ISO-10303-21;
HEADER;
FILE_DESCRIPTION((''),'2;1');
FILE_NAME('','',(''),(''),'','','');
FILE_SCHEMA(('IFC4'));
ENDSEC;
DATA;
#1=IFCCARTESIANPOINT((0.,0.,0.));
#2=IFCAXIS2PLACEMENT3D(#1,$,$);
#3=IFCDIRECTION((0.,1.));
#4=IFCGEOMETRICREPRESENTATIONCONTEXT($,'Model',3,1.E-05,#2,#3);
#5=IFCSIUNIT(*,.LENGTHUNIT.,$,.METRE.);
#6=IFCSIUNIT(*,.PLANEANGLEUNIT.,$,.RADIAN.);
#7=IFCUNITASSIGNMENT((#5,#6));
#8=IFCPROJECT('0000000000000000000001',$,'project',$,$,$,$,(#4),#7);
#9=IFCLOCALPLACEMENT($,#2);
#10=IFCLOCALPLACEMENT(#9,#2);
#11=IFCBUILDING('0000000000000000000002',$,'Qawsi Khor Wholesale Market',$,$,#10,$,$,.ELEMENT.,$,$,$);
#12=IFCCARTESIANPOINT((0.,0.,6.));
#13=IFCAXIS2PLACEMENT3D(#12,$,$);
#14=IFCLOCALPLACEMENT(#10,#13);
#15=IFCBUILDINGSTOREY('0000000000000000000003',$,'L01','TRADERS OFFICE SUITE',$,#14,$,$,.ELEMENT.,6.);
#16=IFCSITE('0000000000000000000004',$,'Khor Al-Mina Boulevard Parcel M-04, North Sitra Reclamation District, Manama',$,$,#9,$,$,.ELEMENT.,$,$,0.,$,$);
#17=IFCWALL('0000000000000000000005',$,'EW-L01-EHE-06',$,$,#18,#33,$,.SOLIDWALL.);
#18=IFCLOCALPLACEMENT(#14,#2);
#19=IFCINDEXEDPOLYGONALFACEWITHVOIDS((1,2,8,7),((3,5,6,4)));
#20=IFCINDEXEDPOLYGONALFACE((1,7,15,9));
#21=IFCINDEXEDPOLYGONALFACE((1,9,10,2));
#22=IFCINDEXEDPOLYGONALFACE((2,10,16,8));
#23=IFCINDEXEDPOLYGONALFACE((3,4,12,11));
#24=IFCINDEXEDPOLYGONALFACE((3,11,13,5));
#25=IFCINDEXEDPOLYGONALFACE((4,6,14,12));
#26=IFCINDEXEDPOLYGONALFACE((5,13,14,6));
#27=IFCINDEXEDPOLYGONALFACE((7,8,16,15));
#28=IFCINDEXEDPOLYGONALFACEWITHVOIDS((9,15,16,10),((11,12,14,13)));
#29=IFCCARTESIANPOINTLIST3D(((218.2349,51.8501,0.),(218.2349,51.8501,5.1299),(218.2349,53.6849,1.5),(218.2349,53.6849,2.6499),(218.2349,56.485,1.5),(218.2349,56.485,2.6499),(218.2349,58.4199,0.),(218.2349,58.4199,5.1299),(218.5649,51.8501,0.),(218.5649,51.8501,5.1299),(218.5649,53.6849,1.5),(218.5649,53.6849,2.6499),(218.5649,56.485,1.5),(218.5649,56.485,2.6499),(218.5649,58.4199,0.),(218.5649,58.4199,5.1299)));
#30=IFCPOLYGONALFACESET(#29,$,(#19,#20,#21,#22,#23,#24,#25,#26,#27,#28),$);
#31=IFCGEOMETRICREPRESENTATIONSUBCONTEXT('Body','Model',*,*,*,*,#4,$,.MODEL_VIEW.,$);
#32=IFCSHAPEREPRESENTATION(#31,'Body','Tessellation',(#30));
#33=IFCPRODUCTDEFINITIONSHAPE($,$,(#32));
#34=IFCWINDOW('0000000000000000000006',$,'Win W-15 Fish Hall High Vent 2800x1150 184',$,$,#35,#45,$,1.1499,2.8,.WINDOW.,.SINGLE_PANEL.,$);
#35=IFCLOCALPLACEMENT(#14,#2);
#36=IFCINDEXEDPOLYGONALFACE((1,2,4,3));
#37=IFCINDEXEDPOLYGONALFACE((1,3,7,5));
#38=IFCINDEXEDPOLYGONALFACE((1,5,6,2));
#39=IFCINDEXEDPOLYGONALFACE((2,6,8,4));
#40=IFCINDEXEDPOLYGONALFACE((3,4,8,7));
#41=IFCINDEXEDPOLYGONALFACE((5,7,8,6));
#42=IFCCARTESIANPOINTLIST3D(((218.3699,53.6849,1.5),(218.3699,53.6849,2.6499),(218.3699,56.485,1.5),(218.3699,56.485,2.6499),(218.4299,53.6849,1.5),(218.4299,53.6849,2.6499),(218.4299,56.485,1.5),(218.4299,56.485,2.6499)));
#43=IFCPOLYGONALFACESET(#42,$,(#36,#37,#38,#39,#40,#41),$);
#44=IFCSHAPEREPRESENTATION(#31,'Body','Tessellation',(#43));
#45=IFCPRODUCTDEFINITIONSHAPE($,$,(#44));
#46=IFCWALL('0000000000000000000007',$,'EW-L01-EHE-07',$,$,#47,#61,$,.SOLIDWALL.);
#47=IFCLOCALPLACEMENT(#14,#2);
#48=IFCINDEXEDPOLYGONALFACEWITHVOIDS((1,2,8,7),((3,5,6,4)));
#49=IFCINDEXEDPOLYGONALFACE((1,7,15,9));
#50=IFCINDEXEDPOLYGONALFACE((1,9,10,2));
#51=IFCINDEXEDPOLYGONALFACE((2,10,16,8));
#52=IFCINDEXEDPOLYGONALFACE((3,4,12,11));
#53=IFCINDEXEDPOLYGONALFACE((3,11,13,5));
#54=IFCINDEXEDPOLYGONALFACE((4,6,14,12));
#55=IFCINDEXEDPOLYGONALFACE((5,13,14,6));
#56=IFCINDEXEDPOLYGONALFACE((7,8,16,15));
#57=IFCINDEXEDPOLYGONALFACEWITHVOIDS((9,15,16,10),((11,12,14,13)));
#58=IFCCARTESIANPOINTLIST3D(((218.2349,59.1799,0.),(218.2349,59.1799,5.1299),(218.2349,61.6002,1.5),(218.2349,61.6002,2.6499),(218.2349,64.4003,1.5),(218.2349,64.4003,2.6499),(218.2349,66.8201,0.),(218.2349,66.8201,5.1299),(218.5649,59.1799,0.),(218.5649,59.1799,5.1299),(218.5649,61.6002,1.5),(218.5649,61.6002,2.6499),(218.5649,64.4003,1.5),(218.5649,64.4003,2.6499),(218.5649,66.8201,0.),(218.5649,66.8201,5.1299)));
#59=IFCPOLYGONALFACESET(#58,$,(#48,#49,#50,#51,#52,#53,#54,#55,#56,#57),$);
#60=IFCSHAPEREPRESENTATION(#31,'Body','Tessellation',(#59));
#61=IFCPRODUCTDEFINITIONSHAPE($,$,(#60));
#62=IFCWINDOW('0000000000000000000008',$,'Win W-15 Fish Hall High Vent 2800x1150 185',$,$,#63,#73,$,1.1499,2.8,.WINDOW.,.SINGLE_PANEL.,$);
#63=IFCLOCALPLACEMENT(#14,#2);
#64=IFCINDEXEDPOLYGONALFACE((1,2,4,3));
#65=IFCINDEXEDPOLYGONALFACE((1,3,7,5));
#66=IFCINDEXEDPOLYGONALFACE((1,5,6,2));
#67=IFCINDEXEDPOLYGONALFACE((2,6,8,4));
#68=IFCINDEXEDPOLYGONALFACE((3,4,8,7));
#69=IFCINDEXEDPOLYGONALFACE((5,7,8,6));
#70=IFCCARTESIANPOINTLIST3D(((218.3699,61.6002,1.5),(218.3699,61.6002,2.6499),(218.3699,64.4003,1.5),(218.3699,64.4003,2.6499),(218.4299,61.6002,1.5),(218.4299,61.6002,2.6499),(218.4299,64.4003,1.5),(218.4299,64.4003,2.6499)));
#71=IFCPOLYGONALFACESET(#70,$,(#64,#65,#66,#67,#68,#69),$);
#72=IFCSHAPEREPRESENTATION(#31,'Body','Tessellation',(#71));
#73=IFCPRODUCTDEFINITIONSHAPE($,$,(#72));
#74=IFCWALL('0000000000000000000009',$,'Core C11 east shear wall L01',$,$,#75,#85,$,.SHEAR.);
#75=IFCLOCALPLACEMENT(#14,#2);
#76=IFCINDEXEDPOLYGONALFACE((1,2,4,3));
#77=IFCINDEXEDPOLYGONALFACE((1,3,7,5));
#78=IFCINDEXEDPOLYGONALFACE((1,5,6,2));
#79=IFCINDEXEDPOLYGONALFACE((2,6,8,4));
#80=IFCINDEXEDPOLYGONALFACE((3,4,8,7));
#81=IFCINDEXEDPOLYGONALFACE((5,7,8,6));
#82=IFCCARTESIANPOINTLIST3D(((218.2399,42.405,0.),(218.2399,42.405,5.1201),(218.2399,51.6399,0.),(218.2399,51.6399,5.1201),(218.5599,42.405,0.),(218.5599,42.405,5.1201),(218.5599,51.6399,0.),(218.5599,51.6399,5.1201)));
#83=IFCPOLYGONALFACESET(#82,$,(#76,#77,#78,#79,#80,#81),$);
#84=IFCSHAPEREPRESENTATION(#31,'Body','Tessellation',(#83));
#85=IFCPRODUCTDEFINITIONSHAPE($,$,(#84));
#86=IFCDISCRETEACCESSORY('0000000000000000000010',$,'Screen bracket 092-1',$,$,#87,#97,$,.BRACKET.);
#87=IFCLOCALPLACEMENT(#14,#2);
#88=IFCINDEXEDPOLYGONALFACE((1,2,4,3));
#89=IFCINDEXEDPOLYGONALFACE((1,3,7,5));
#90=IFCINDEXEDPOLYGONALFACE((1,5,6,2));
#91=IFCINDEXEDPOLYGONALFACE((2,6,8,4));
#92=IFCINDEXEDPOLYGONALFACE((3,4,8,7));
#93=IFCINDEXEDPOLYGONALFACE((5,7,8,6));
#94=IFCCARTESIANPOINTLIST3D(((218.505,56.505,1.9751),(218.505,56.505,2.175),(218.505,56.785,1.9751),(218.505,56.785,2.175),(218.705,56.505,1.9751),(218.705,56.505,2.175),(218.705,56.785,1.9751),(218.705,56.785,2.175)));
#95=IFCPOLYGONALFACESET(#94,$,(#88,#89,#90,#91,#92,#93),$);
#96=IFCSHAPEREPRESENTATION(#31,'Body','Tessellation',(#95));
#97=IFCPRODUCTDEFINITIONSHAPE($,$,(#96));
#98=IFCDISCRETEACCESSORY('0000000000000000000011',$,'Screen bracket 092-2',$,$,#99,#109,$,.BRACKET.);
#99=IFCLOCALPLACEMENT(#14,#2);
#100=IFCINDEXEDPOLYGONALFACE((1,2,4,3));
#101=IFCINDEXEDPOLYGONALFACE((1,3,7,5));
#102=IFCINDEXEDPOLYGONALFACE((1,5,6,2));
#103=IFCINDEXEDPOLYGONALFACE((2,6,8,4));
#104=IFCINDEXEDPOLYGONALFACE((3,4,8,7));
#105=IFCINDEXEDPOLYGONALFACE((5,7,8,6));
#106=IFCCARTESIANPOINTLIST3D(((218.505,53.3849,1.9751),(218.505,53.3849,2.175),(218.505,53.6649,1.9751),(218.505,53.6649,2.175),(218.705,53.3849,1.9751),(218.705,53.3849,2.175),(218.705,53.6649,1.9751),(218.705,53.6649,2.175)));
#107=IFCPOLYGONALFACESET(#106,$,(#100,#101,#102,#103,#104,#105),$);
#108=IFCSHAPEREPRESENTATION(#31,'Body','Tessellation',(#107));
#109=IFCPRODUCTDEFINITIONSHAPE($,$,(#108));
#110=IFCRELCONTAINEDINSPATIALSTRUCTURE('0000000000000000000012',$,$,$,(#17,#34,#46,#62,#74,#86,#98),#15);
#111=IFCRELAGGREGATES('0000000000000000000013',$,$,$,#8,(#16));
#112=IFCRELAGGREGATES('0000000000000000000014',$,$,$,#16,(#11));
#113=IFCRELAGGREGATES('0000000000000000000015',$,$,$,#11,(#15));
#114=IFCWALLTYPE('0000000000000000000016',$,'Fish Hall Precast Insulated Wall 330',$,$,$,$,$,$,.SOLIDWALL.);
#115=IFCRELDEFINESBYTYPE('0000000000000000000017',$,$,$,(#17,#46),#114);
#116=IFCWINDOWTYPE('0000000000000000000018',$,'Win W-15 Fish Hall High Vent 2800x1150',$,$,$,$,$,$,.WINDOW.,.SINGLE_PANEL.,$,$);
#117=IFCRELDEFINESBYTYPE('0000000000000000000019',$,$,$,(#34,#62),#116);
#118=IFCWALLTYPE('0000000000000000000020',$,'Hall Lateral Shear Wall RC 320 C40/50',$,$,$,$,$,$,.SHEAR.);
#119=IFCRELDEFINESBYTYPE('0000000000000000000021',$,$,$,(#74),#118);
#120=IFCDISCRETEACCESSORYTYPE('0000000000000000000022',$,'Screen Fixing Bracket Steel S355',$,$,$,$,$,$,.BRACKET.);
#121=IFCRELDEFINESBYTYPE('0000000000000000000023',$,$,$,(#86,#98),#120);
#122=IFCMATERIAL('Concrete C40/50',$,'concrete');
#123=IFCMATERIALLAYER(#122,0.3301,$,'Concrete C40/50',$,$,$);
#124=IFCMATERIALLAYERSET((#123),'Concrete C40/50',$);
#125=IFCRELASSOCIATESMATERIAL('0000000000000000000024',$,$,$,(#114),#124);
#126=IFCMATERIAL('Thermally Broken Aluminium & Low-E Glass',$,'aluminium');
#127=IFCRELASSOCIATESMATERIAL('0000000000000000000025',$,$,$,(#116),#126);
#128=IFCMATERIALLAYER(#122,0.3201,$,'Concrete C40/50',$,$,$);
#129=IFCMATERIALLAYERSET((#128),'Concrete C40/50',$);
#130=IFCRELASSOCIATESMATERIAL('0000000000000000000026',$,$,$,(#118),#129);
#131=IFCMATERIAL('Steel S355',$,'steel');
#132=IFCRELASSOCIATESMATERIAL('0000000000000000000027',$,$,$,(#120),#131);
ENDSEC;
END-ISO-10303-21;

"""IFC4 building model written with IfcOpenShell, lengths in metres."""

from ifc_helpers import new_model, si_unit, direction, frame, frame_2d, origin, origin_2d, place, context, subcontext, project, spatial, rectangle, extrude, material, layer, layer_set, type_object, element, fill, save


model = new_model("IFC4")

# Units and contexts
model_context = context("Model", 3, precision=1e-05, world=origin(), true_north=direction((0.0, 1.0)))
body_context = subcontext(model_context, "Body", "Model", "MODEL_VIEW")
ifc_project = project(units=[si_unit("LENGTHUNIT", "METRE"), si_unit("PLANEANGLEUNIT", "RADIAN")], contexts=[model_context])

# Site, building, storey
site_placement = place(None, origin())
site = spatial("IfcSite", under=ifc_project, at=site_placement, Name="Khor Al-Mina Boulevard Parcel M-04, North Sitra Reclamation District, Manama", CompositionType="ELEMENT", RefElevation=0.0)
building_placement = place(site_placement, origin())
building = spatial("IfcBuilding", under=site, at=building_placement, Name="Qawsi Khor Wholesale Market", CompositionType="ELEMENT")
storey_placement = place(building_placement, frame((0.0, 0.0, 6.0)))
storey = spatial("IfcBuildingStorey", under=building, at=storey_placement, Name="L01", Description="TRADERS OFFICE SUITE", CompositionType="ELEMENT", Elevation=6.0)

# Shared definitions
ifc_material_1 = material(Name="Concrete C40/50", Category="concrete")

# Shared definitions
ifc_material_2 = material(Name="Steel S355", Category="steel")

# Walls, openings, windows
ifc_layer_1 = layer(ifc_material_1, 0.3301, Name="Concrete C40/50")
ifc_layer_set_1 = layer_set([ifc_layer_1], Name="Concrete C40/50")
wall_type_1 = type_object("IfcWallType", Name="Fish Hall Precast Insulated Wall 330", PredefinedType="SOLIDWALL", material=ifc_layer_set_1)
wall_1_placement = place(storey_placement, frame((218.3999, 58.4199, 0.0), z_axis=(0.0, 0.0, 1.0), x_axis=(0.0, -1.0, 0.0)))
wall_1 = element("IfcWall", 1, at=wall_1_placement, inside=storey, type_object=wall_type_1, Name="EW-L01-EHE-06", PredefinedType="SOLIDWALL", context=body_context, shape_type="SweptSolid", body=[
    extrude(rectangle(XDim=6.5698, YDim=0.3301, at=frame_2d((3.2849, 0.0))), origin(), (0.0, 0.0, 1.0), 5.1299),
])
opening_1_placement = place(wall_1_placement, frame((1.9351, 0.0, 1.5)))
opening_1 = element("IfcOpeningElement", 2, at=opening_1_placement, cuts=wall_1, PredefinedType="OPENING", context=body_context, shape_type="SweptSolid", body=[
    extrude(rectangle(XDim=2.8, YDim=1.1499, at=frame_2d((1.3999, 0.575))), frame((0.0, 0.175, 0.0), z_axis=(0.0, -1.0, 0.0), x_axis=(1.0, 0.0, 0.0)), (0.0, 0.0, 1.0), 0.3501),
])
ifc_material_3 = material(Name="Thermally Broken Aluminium & Low-E Glass", Category="aluminium")
window_type = type_object("IfcWindowType", Name="Win W-15 Fish Hall High Vent 2800x1150", PartitioningType="SINGLE_PANEL", PredefinedType="WINDOW", material=ifc_material_3)
window_1_placement = place(opening_1_placement, origin())
window_1 = element("IfcWindow", 3, at=window_1_placement, inside=storey, type_object=window_type, Name="Win W-15 Fish Hall High Vent 2800x1150 184", OverallHeight=1.1499, OverallWidth=2.8, PartitioningType="SINGLE_PANEL", PredefinedType="WINDOW", context=body_context, shape_type="SweptSolid", body=[
    extrude(rectangle(XDim=2.8, YDim=1.1499, at=frame_2d((1.3999, 0.575))), frame((0.0, 0.03, 0.0), z_axis=(0.0, -1.0, 0.0), x_axis=(1.0, 0.0, 0.0)), (0.0, 0.0, 1.0), 0.0601),
])
fill(opening_1, window_1)
wall_2_placement = place(storey_placement, frame((218.3999, 66.8201, 0.0), z_axis=(0.0, 0.0, 1.0), x_axis=(0.0, -1.0, 0.0)))
wall_2 = element("IfcWall", 4, at=wall_2_placement, inside=storey, type_object=wall_type_1, Name="EW-L01-EHE-07", PredefinedType="SOLIDWALL", context=body_context, shape_type="SweptSolid", body=[
    extrude(rectangle(XDim=7.6401, YDim=0.3301, at=frame_2d((3.8201, 0.0))), origin(), (0.0, 0.0, 1.0), 5.1299),
])
opening_2_placement = place(wall_2_placement, frame((2.4199, 0.0, 1.5)))
opening_2 = element("IfcOpeningElement", 5, at=opening_2_placement, cuts=wall_2, PredefinedType="OPENING", context=body_context, shape_type="SweptSolid", body=[
    extrude(rectangle(XDim=2.8, YDim=1.1499, at=frame_2d((1.3999, 0.575))), frame((0.0, 0.175, 0.0), z_axis=(0.0, -1.0, 0.0), x_axis=(1.0, 0.0, 0.0)), (0.0, 0.0, 1.0), 0.3501),
])
window_2_placement = place(opening_2_placement, origin())
window_2 = element("IfcWindow", 6, at=window_2_placement, inside=storey, type_object=window_type, Name="Win W-15 Fish Hall High Vent 2800x1150 185", OverallHeight=1.1499, OverallWidth=2.8, PartitioningType="SINGLE_PANEL", PredefinedType="WINDOW", context=body_context, shape_type="SweptSolid", body=[
    extrude(rectangle(XDim=2.8, YDim=1.1499, at=frame_2d((1.3999, 0.575))), frame((0.0, 0.03, 0.0), z_axis=(0.0, -1.0, 0.0), x_axis=(1.0, 0.0, 0.0)), (0.0, 0.0, 1.0), 0.0601),
])
fill(opening_2, window_2)

# Wall
ifc_layer_2 = layer(ifc_material_1, 0.3201, Name="Concrete C40/50")
ifc_layer_set_2 = layer_set([ifc_layer_2], Name="Concrete C40/50")
wall_type_2 = type_object("IfcWallType", Name="Hall Lateral Shear Wall RC 320 C40/50", PredefinedType="SHEAR", material=ifc_layer_set_2)
wall_3_placement = place(storey_placement, frame((218.3999, 51.6399, 0.0), z_axis=(0.0, 0.0, 1.0), x_axis=(0.0, -1.0, 0.0)))
element("IfcWall", 7, at=wall_3_placement, inside=storey, type_object=wall_type_2, Name="Core C11 east shear wall L01", PredefinedType="SHEAR", context=body_context, shape_type="SweptSolid", body=[
    extrude(rectangle(XDim=9.2349, YDim=0.3201, at=frame_2d((4.6174, 0.0))), origin(), (0.0, 0.0, 1.0), 5.1201),
])

# Discrete accessories
discrete_accessory_type = type_object("IfcDiscreteAccessoryType", Name="Screen Fixing Bracket Steel S355", PredefinedType="BRACKET", material=ifc_material_2)
for number, where, z_axis, x_axis, name in (
    (8, (218.605, 56.645, 1.9751), (0.0, 0.0, 1.0), (1.0, 0.0, 0.0), "Screen bracket 092-1"),
    (9, (218.605, 53.5249, 1.9751), (0.0, 0.0, 1.0), (1.0, 0.0, 0.0), "Screen bracket 092-2"),
):
    element("IfcDiscreteAccessory", number, at=place(storey_placement, frame(where, z_axis=z_axis, x_axis=x_axis)), inside=storey, type_object=discrete_accessory_type, Name=name, PredefinedType="BRACKET", context=body_context, shape_type="SweptSolid", body=[
        extrude(rectangle(XDim=0.2, YDim=0.28, at=origin_2d()), origin(), (0.0, 0.0, 1.0), 0.2),
    ])

save(model, "model.ifc")
